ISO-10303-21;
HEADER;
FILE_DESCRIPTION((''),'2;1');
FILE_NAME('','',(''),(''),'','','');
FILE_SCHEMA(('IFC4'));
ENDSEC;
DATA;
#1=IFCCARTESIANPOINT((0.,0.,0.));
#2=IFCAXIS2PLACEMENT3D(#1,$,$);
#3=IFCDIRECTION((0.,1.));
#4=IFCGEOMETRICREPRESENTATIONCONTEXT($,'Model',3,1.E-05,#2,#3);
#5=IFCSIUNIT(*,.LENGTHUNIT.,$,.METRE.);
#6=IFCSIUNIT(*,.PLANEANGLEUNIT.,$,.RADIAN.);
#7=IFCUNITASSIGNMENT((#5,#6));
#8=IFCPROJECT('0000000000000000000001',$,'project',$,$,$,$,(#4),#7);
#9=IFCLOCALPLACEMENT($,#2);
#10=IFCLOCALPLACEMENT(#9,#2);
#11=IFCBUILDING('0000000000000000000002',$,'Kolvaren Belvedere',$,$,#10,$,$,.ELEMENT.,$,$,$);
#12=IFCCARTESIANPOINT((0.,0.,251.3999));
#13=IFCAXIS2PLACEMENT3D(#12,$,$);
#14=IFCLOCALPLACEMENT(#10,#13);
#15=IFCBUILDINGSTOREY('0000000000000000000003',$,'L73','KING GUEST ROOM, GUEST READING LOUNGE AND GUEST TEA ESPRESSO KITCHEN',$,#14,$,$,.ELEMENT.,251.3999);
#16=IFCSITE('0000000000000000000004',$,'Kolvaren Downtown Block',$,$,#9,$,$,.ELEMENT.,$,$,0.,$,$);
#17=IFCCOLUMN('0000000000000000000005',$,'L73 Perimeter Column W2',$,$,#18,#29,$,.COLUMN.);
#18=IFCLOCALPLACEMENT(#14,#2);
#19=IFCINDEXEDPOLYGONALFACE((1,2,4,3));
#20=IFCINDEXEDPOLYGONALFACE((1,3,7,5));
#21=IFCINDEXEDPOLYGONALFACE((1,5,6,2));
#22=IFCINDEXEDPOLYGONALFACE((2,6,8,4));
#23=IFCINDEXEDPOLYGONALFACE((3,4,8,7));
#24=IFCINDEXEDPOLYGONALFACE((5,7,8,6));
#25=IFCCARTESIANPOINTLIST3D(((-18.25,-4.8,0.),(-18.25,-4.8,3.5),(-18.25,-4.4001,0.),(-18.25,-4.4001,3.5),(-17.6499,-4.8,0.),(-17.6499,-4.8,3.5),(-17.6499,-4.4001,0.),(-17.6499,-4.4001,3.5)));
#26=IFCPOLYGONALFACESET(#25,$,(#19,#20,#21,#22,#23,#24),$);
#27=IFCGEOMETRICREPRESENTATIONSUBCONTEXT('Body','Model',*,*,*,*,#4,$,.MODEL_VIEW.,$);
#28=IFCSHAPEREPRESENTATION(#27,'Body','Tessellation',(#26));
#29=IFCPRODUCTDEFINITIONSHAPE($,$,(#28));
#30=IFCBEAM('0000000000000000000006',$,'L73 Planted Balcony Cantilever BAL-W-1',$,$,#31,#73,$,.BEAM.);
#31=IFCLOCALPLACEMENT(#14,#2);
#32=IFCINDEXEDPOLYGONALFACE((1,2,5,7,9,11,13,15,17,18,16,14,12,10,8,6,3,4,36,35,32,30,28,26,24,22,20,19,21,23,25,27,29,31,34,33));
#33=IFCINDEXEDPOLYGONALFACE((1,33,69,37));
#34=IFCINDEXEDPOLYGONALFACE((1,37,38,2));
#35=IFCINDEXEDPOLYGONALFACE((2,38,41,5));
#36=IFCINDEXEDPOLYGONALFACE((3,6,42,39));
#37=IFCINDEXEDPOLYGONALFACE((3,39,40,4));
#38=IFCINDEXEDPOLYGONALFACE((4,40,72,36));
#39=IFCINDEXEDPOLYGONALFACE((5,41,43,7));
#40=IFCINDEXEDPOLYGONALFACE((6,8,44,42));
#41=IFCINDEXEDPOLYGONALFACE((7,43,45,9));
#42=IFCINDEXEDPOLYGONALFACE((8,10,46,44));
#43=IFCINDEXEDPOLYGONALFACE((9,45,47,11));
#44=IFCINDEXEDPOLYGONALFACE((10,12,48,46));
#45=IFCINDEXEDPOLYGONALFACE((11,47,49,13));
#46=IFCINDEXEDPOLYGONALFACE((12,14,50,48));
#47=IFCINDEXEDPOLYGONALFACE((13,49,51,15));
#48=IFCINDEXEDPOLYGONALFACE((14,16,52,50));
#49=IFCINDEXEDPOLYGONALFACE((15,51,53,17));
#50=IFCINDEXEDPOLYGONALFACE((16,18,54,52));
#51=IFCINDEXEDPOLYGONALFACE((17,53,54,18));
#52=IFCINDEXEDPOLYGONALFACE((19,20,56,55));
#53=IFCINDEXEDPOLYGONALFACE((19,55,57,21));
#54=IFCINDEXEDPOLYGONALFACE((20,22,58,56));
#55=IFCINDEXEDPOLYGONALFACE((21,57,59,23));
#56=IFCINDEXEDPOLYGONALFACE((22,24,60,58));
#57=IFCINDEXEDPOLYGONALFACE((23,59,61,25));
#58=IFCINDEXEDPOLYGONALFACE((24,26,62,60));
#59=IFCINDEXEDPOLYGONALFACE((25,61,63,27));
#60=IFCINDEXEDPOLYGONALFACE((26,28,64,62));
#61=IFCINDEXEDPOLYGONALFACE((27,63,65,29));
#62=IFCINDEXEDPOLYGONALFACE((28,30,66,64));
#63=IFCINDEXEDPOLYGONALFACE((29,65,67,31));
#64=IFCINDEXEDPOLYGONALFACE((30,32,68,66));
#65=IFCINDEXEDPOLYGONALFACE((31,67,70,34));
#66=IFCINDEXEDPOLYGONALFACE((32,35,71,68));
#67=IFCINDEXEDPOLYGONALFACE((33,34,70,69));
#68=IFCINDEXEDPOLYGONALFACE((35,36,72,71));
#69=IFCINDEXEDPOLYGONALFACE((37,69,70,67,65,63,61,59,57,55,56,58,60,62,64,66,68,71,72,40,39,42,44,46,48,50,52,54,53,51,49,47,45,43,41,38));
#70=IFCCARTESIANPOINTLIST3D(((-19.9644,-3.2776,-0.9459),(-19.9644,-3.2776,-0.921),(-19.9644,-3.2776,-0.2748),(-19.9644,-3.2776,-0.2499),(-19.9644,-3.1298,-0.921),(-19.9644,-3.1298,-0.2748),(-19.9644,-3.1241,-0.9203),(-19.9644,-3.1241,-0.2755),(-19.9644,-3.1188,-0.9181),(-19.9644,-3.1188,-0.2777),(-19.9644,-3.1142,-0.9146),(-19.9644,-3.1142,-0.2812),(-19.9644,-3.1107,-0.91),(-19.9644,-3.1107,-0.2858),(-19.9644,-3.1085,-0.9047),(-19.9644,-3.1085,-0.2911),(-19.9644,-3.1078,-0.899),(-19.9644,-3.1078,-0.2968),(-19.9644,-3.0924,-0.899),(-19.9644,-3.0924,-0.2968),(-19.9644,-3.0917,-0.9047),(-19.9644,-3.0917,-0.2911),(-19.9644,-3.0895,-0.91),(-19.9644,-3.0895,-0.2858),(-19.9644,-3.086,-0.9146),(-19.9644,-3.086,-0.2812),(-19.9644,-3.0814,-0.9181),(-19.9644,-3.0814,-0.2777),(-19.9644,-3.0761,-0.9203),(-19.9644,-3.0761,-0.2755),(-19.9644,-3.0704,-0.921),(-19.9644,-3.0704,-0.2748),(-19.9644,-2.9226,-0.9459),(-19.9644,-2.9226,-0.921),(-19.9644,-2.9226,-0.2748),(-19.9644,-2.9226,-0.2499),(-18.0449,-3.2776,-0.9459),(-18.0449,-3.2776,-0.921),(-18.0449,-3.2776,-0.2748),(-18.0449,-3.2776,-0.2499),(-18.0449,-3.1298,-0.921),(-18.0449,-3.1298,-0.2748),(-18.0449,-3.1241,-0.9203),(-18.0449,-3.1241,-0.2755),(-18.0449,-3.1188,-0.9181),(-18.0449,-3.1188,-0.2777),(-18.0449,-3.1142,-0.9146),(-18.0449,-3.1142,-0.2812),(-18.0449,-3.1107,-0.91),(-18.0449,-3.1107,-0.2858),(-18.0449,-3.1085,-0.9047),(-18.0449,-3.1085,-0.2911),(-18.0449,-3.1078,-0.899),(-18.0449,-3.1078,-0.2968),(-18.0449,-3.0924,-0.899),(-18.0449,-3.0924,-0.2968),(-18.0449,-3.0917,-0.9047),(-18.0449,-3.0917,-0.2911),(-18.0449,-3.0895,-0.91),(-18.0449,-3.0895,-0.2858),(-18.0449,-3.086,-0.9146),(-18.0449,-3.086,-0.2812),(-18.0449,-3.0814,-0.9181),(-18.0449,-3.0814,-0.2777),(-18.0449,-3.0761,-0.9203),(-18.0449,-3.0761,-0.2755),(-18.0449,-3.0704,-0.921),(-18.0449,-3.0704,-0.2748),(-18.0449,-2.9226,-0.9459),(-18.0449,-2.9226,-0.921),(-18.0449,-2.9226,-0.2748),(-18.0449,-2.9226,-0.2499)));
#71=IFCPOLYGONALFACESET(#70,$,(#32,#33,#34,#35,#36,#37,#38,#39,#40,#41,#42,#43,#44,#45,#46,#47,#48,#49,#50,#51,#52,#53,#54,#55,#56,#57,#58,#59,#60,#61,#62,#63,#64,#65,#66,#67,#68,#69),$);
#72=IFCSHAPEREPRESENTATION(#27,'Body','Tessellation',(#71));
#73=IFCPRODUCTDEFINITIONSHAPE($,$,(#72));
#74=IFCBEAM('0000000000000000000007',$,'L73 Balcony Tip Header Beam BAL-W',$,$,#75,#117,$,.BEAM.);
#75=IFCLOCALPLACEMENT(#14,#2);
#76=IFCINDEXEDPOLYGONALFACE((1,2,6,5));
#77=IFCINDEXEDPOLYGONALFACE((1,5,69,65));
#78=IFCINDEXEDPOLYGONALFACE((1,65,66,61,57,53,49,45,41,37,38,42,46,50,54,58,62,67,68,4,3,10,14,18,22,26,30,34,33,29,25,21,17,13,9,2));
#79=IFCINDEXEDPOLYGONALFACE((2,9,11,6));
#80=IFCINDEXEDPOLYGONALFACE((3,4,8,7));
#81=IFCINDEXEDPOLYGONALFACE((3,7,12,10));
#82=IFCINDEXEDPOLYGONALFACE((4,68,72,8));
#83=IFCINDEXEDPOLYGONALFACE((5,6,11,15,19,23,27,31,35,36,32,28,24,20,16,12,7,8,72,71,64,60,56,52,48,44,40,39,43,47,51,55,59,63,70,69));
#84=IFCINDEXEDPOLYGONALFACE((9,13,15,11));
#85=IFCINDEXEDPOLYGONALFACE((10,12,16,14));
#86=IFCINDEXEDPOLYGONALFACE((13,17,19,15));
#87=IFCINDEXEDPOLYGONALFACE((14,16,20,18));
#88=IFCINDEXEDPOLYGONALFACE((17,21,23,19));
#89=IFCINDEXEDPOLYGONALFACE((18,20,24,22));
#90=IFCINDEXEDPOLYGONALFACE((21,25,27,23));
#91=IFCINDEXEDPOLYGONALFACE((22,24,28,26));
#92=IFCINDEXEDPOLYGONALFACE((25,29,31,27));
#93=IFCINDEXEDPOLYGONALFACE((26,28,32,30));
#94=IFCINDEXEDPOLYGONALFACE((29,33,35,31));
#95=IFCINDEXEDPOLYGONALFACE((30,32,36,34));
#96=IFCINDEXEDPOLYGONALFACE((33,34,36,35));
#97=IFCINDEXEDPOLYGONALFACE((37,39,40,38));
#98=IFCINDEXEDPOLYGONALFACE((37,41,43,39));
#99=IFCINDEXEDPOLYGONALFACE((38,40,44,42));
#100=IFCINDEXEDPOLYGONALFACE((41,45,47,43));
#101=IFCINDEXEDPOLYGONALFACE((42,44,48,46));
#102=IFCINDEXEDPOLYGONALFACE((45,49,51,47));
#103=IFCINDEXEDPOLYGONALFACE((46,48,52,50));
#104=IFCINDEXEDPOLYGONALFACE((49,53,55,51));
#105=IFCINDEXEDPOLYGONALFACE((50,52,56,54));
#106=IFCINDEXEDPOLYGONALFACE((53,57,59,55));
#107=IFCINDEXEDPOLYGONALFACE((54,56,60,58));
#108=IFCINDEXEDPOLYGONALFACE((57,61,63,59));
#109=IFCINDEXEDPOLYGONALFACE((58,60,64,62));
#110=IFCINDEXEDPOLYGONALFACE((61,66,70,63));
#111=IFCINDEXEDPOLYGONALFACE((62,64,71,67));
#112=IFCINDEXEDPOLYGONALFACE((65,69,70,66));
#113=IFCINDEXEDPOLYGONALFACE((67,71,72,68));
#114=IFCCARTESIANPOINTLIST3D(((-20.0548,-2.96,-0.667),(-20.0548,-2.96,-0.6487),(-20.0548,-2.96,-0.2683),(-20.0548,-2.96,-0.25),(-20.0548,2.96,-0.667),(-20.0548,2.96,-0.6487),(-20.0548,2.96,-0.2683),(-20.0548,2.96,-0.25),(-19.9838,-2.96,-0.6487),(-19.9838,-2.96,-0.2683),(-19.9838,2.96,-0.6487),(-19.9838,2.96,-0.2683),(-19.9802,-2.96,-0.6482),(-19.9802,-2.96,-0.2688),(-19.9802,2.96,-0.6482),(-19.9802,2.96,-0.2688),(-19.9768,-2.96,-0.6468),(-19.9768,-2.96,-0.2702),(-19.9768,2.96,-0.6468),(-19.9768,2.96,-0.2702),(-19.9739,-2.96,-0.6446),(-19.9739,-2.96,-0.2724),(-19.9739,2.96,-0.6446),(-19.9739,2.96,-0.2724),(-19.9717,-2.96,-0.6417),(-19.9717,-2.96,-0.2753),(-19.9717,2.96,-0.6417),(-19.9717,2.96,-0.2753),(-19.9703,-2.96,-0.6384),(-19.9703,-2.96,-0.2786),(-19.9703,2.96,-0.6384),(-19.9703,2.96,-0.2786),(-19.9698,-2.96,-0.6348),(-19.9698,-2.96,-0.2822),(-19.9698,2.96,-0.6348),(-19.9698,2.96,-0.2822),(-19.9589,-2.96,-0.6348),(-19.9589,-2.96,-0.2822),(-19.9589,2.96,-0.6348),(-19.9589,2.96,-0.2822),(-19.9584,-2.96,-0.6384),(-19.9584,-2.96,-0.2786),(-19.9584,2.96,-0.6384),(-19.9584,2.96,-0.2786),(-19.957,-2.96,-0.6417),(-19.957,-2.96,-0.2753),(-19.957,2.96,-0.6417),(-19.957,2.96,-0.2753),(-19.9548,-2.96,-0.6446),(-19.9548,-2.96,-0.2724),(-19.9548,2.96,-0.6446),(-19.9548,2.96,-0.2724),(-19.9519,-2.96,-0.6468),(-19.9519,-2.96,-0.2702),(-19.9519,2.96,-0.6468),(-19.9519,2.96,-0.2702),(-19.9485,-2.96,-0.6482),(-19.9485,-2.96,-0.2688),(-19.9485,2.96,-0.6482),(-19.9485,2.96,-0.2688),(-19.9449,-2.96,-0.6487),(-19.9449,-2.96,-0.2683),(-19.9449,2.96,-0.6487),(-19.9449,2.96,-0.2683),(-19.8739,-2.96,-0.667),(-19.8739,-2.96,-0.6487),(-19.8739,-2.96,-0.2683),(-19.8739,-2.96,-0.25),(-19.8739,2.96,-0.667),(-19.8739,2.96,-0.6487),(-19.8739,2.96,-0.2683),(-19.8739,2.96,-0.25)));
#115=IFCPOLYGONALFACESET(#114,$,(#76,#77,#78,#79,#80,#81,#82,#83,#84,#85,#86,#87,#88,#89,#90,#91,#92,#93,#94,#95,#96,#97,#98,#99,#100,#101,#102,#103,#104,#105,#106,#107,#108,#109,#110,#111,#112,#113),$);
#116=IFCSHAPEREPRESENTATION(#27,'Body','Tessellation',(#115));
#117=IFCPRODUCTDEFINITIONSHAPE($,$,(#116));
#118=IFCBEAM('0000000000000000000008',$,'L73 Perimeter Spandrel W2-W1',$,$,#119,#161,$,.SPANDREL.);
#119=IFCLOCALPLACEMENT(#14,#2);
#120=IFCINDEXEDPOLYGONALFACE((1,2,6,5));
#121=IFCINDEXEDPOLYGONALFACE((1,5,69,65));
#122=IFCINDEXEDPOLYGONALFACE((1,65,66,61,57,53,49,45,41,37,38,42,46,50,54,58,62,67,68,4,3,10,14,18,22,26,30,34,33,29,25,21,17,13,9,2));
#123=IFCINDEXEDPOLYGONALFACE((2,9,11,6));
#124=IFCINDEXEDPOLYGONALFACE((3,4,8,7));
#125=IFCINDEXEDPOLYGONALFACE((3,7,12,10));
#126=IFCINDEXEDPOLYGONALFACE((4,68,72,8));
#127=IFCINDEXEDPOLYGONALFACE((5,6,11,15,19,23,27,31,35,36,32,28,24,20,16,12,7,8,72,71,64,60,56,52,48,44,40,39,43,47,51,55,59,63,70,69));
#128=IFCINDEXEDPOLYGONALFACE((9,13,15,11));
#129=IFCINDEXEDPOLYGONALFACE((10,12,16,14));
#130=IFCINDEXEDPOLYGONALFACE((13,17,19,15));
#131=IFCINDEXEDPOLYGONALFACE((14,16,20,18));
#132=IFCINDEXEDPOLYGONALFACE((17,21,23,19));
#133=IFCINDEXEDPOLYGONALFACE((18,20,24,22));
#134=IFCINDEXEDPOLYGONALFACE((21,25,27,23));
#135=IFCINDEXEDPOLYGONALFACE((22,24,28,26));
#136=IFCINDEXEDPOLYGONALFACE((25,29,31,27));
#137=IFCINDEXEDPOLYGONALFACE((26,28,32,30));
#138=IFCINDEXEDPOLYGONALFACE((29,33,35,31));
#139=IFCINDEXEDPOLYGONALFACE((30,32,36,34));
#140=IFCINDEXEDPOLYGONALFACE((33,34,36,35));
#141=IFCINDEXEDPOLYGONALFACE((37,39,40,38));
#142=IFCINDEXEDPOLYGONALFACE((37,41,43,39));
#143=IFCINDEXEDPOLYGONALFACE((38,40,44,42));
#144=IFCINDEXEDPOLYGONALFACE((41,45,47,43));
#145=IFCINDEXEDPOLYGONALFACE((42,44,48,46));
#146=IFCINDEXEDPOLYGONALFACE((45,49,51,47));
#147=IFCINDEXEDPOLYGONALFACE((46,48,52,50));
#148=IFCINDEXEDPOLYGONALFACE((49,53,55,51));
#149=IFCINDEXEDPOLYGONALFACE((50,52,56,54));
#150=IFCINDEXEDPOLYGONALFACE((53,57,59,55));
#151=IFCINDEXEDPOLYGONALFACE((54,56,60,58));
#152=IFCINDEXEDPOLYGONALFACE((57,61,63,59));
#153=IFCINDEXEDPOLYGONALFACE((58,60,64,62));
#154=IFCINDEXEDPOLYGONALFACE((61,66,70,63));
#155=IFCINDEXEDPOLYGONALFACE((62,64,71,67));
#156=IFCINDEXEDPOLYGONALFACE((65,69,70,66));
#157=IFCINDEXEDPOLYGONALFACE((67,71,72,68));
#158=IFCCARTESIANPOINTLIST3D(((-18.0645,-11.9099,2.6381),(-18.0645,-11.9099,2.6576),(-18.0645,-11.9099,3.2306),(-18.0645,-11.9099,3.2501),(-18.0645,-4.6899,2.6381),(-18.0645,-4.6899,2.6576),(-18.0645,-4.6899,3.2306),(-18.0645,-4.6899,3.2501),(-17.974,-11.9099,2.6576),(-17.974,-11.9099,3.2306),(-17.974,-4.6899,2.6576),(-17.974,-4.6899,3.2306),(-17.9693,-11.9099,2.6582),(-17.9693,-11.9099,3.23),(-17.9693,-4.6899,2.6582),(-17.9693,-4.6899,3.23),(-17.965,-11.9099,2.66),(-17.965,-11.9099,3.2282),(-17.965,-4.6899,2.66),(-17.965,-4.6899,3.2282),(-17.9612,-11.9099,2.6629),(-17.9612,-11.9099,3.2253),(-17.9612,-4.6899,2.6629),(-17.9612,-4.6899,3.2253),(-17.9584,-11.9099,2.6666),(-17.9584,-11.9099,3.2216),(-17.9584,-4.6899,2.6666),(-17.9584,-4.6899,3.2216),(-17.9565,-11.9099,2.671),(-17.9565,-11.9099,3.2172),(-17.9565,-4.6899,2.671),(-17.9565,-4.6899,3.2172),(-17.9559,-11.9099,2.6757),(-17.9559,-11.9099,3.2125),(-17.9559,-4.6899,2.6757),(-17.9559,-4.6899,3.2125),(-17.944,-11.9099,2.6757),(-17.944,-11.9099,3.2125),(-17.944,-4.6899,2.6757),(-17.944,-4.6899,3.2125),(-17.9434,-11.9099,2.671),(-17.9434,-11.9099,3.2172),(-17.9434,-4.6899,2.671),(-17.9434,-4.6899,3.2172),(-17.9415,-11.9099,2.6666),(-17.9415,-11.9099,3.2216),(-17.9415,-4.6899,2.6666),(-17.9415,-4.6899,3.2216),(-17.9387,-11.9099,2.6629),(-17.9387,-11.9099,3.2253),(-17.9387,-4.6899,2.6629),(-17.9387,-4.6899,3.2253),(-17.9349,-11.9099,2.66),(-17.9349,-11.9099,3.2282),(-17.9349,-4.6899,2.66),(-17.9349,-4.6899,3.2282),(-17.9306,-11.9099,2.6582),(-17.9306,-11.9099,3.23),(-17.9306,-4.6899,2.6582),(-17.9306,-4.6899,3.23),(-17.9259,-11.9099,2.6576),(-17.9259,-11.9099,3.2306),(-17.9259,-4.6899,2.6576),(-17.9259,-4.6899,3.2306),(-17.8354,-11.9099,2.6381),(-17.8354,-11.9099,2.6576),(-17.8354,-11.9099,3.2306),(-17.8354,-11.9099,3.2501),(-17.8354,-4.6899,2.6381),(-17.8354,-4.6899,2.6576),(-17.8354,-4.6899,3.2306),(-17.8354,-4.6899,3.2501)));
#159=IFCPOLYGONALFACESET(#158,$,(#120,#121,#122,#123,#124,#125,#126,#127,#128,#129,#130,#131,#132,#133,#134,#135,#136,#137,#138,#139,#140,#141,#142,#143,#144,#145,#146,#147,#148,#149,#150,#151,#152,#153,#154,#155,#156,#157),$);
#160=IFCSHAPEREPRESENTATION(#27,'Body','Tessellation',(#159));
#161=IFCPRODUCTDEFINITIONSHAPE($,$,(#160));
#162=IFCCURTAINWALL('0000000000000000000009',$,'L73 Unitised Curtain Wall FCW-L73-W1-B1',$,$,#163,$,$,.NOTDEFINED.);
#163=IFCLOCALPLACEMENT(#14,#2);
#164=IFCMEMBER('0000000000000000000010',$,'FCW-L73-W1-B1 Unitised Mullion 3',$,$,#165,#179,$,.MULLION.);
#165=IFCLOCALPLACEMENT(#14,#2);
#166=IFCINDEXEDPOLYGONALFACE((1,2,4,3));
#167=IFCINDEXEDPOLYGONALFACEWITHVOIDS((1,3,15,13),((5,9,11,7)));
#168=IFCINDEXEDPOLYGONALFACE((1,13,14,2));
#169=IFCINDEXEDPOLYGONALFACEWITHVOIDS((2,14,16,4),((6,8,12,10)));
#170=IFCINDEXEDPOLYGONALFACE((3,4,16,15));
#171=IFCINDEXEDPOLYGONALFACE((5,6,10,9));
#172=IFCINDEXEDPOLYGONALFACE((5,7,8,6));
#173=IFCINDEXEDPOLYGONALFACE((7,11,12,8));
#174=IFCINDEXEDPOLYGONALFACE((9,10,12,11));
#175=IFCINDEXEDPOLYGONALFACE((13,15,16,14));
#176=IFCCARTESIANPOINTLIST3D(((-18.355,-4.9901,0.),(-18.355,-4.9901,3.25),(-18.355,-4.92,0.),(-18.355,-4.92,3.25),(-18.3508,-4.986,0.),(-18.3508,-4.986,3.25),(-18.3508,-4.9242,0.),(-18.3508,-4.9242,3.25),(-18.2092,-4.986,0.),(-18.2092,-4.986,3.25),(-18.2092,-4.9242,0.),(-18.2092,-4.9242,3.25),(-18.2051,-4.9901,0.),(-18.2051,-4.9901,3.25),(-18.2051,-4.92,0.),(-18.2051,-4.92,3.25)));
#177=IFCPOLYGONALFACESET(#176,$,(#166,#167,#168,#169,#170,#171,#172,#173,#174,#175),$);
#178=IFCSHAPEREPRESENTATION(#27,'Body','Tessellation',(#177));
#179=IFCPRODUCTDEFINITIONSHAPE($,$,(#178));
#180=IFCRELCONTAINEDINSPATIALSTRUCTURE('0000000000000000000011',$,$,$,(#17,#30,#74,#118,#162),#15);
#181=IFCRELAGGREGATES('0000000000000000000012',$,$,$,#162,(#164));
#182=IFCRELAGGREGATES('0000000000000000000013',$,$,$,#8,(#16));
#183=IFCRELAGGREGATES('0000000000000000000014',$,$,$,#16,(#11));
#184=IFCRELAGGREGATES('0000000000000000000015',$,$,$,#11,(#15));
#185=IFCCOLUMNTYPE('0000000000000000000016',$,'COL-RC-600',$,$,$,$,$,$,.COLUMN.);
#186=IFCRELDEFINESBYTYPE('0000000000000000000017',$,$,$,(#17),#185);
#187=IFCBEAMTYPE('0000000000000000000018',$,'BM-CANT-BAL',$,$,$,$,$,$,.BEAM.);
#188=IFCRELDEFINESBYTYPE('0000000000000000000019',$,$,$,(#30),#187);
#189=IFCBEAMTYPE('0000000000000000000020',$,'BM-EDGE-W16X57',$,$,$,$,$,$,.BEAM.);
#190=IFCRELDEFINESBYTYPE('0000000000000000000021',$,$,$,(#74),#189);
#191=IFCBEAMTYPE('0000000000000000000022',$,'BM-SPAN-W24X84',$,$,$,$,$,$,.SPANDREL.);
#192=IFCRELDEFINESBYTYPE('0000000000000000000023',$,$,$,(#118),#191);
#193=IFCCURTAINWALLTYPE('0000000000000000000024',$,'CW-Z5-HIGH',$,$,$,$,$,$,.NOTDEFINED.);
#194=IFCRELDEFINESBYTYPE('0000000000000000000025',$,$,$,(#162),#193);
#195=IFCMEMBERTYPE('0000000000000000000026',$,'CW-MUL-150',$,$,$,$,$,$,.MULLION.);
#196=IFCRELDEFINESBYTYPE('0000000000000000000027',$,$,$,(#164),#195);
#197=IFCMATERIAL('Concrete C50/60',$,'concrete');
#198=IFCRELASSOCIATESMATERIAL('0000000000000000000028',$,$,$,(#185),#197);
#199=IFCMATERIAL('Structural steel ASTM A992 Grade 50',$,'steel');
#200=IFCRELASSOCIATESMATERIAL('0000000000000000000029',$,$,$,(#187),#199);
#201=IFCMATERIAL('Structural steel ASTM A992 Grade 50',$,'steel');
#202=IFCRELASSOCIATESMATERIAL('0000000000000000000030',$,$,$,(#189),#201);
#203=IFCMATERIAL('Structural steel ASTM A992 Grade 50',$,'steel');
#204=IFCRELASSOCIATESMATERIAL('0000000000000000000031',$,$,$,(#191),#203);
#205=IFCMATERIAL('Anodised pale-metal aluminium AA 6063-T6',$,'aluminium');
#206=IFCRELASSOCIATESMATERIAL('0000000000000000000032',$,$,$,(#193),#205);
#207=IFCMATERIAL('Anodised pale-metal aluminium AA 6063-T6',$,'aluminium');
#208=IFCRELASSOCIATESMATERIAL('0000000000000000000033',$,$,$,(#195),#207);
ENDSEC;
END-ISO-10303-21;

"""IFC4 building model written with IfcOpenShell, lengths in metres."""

from ifc_helpers import new_model, si_unit, direction, frame, origin, origin_2d, place, context, subcontext, project, spatial, rectangle, hollow_rectangle, i_section, extrude, material, material_profile, profile_set, type_object, element, aggregate, save


model = new_model("IFC4")

# Units and contexts
model_context = context("Model", 3, precision=1e-05, world=origin(), true_north=direction((0.0, 1.0)))
body_context = subcontext(model_context, "Body", "Model", "MODEL_VIEW")
ifc_project = project(units=[si_unit("LENGTHUNIT", "METRE"), si_unit("PLANEANGLEUNIT", "RADIAN")], contexts=[model_context])

# Site, building, storey
site_placement = place(None, origin())
site = spatial("IfcSite", under=ifc_project, at=site_placement, Name="Kolvaren Downtown Block", CompositionType="ELEMENT", RefElevation=0.0)
building_placement = place(site_placement, origin())
building = spatial("IfcBuilding", under=site, at=building_placement, Name="Kolvaren Belvedere", CompositionType="ELEMENT")
storey_placement = place(building_placement, frame((0.0, 0.0, 251.3999)))
storey = spatial("IfcBuildingStorey", under=building, at=storey_placement, Name="L73", Description="KING GUEST ROOM, GUEST READING LOUNGE AND GUEST TEA ESPRESSO KITCHEN", CompositionType="ELEMENT", Elevation=251.3999)

# Column
ifc_material_1 = material(Name="Concrete C50/60", Category="concrete")
ifc_material_profile_1 = material_profile(ifc_material_1, rectangle(XDim=0.6001, YDim=0.3999, at=origin_2d()), Name="RC 600X400")
ifc_profile_set_1 = profile_set([ifc_material_profile_1], Name="Concrete C50/60")
column_type = type_object("IfcColumnType", Name="COL-RC-600", PredefinedType="COLUMN", material=ifc_profile_set_1)
column_placement = place(storey_placement, frame((-17.95, -4.6001, 0.0), z_axis=(0.0, 0.0, 1.0), x_axis=(1.0, 0.0, 0.0)))
element("IfcColumn", 1, at=column_placement, inside=storey, type_object=column_type, Name="L73 Perimeter Column W2", PredefinedType="COLUMN", context=body_context, shape_type="SweptSolid", body=[
    extrude(rectangle(XDim=0.6001, YDim=0.3999, at=origin_2d()), origin(), (0.0, 0.0, 1.0), 3.5),
])

# Beams
ifc_material_2 = material(Name="Structural steel ASTM A992 Grade 50", Category="steel")
ifc_material_profile_2 = material_profile(ifc_material_2, i_section(OverallWidth=0.355, OverallDepth=0.696, WebThickness=0.0154, FlangeThickness=0.0249, FilletRadius=0.022, at=origin_2d()), Name="W27X146")
ifc_profile_set_2 = profile_set([ifc_material_profile_2], Name="Structural steel ASTM A992 Grade 50")
beam_type_1 = type_object("IfcBeamType", Name="BM-CANT-BAL", PredefinedType="BEAM", material=ifc_profile_set_2)
beam_1_placement = place(storey_placement, frame((-18.0449, -3.1001, -0.5979), z_axis=(-1.0, 0.0, 0.0), x_axis=(0.0, -1.0, 0.0)))
element("IfcBeam", 2, at=beam_1_placement, inside=storey, type_object=beam_type_1, Name="L73 Planted Balcony Cantilever BAL-W-1", PredefinedType="BEAM", context=body_context, shape_type="SweptSolid", body=[
    extrude(i_section(OverallWidth=0.355, OverallDepth=0.696, WebThickness=0.0154, FlangeThickness=0.0249, FilletRadius=0.022, at=origin_2d()), origin(), (0.0, 0.0, 1.0), 1.9194),
])
ifc_material_3 = material(Name="Structural steel ASTM A992 Grade 50", Category="steel")
ifc_material_profile_3 = material_profile(ifc_material_3, i_section(OverallWidth=0.1809, OverallDepth=0.417, WebThickness=0.011, FlangeThickness=0.0183, FilletRadius=0.0139, at=origin_2d()), Name="W16X57")
ifc_profile_set_3 = profile_set([ifc_material_profile_3], Name="Structural steel ASTM A992 Grade 50")
beam_type_2 = type_object("IfcBeamType", Name="BM-EDGE-W16X57", PredefinedType="BEAM", material=ifc_profile_set_3)
beam_2_placement = place(storey_placement, frame((-19.9644, -2.96, -0.4585), z_axis=(0.0, 1.0, 0.0), x_axis=(-1.0, 0.0, 0.0)))
element("IfcBeam", 3, at=beam_2_placement, inside=storey, type_object=beam_type_2, Name="L73 Balcony Tip Header Beam BAL-W", PredefinedType="BEAM", context=body_context, shape_type="SweptSolid", body=[
    extrude(i_section(OverallWidth=0.1809, OverallDepth=0.417, WebThickness=0.011, FlangeThickness=0.0183, FilletRadius=0.0139, at=origin_2d()), origin(), (0.0, 0.0, 1.0), 5.9199),
])
ifc_material_4 = material(Name="Structural steel ASTM A992 Grade 50", Category="steel")
ifc_material_profile_4 = material_profile(ifc_material_4, i_section(OverallWidth=0.229, OverallDepth=0.6121, WebThickness=0.012, FlangeThickness=0.0195, FilletRadius=0.0181, at=origin_2d()), Name="W24X84")
ifc_profile_set_4 = profile_set([ifc_material_profile_4], Name="Structural steel ASTM A992 Grade 50")
beam_type_3 = type_object("IfcBeamType", Name="BM-SPAN-W24X84", PredefinedType="SPANDREL", material=ifc_profile_set_4)
beam_3_placement = place(storey_placement, frame((-17.95, -4.6899, 2.9441), z_axis=(0.0, -1.0, 0.0), x_axis=(1.0, 0.0, 0.0)))
element("IfcBeam", 4, at=beam_3_placement, inside=storey, type_object=beam_type_3, Name="L73 Perimeter Spandrel W2-W1", PredefinedType="SPANDREL", context=body_context, shape_type="SweptSolid", body=[
    extrude(i_section(OverallWidth=0.229, OverallDepth=0.6121, WebThickness=0.012, FlangeThickness=0.0195, FilletRadius=0.0181, at=origin_2d()), origin(), (0.0, 0.0, 1.0), 7.22),
])

# Curtain wall, member
ifc_material_5 = material(Name="Anodised pale-metal aluminium AA 6063-T6", Category="aluminium")
curtain_wall_type = type_object("IfcCurtainWallType", Name="CW-Z5-HIGH", PredefinedType="NOTDEFINED", material=ifc_material_5)
curtain_wall_1_placement = place(storey_placement, origin())
curtain_wall_1 = element("IfcCurtainWall", 5, at=curtain_wall_1_placement, inside=storey, type_object=curtain_wall_type, Name="L73 Unitised Curtain Wall FCW-L73-W1-B1", PredefinedType="NOTDEFINED")
ifc_material_6 = material(Name="Anodised pale-metal aluminium AA 6063-T6", Category="aluminium")
ifc_material_profile_5 = material_profile(ifc_material_6, hollow_rectangle(XDim=0.0701, YDim=0.1499, WallThickness=0.0042, at=origin_2d()), Name="ALU-MUL-150X70")
ifc_profile_set_5 = profile_set([ifc_material_profile_5], Name="Anodised pale-metal aluminium AA 6063-T6")
member_type_1 = type_object("IfcMemberType", Name="CW-MUL-150", PredefinedType="MULLION", material=ifc_profile_set_5)
member_1_placement = place(storey_placement, frame((-18.28, -4.9551, 0.0), z_axis=(0.0, 0.0, 1.0), x_axis=(0.0, 1.0, 0.0)))
member_1 = element("IfcMember", 6, at=member_1_placement, type_object=member_type_1, Name="FCW-L73-W1-B1 Unitised Mullion 3", PredefinedType="MULLION", context=body_context, shape_type="SweptSolid", body=[
    extrude(hollow_rectangle(XDim=0.0701, YDim=0.1499, WallThickness=0.0042, at=origin_2d()), origin(), (0.0, 0.0, 1.0), 3.25),
])
aggregate(curtain_wall_1, [member_1])

save(model, "model.ifc")
